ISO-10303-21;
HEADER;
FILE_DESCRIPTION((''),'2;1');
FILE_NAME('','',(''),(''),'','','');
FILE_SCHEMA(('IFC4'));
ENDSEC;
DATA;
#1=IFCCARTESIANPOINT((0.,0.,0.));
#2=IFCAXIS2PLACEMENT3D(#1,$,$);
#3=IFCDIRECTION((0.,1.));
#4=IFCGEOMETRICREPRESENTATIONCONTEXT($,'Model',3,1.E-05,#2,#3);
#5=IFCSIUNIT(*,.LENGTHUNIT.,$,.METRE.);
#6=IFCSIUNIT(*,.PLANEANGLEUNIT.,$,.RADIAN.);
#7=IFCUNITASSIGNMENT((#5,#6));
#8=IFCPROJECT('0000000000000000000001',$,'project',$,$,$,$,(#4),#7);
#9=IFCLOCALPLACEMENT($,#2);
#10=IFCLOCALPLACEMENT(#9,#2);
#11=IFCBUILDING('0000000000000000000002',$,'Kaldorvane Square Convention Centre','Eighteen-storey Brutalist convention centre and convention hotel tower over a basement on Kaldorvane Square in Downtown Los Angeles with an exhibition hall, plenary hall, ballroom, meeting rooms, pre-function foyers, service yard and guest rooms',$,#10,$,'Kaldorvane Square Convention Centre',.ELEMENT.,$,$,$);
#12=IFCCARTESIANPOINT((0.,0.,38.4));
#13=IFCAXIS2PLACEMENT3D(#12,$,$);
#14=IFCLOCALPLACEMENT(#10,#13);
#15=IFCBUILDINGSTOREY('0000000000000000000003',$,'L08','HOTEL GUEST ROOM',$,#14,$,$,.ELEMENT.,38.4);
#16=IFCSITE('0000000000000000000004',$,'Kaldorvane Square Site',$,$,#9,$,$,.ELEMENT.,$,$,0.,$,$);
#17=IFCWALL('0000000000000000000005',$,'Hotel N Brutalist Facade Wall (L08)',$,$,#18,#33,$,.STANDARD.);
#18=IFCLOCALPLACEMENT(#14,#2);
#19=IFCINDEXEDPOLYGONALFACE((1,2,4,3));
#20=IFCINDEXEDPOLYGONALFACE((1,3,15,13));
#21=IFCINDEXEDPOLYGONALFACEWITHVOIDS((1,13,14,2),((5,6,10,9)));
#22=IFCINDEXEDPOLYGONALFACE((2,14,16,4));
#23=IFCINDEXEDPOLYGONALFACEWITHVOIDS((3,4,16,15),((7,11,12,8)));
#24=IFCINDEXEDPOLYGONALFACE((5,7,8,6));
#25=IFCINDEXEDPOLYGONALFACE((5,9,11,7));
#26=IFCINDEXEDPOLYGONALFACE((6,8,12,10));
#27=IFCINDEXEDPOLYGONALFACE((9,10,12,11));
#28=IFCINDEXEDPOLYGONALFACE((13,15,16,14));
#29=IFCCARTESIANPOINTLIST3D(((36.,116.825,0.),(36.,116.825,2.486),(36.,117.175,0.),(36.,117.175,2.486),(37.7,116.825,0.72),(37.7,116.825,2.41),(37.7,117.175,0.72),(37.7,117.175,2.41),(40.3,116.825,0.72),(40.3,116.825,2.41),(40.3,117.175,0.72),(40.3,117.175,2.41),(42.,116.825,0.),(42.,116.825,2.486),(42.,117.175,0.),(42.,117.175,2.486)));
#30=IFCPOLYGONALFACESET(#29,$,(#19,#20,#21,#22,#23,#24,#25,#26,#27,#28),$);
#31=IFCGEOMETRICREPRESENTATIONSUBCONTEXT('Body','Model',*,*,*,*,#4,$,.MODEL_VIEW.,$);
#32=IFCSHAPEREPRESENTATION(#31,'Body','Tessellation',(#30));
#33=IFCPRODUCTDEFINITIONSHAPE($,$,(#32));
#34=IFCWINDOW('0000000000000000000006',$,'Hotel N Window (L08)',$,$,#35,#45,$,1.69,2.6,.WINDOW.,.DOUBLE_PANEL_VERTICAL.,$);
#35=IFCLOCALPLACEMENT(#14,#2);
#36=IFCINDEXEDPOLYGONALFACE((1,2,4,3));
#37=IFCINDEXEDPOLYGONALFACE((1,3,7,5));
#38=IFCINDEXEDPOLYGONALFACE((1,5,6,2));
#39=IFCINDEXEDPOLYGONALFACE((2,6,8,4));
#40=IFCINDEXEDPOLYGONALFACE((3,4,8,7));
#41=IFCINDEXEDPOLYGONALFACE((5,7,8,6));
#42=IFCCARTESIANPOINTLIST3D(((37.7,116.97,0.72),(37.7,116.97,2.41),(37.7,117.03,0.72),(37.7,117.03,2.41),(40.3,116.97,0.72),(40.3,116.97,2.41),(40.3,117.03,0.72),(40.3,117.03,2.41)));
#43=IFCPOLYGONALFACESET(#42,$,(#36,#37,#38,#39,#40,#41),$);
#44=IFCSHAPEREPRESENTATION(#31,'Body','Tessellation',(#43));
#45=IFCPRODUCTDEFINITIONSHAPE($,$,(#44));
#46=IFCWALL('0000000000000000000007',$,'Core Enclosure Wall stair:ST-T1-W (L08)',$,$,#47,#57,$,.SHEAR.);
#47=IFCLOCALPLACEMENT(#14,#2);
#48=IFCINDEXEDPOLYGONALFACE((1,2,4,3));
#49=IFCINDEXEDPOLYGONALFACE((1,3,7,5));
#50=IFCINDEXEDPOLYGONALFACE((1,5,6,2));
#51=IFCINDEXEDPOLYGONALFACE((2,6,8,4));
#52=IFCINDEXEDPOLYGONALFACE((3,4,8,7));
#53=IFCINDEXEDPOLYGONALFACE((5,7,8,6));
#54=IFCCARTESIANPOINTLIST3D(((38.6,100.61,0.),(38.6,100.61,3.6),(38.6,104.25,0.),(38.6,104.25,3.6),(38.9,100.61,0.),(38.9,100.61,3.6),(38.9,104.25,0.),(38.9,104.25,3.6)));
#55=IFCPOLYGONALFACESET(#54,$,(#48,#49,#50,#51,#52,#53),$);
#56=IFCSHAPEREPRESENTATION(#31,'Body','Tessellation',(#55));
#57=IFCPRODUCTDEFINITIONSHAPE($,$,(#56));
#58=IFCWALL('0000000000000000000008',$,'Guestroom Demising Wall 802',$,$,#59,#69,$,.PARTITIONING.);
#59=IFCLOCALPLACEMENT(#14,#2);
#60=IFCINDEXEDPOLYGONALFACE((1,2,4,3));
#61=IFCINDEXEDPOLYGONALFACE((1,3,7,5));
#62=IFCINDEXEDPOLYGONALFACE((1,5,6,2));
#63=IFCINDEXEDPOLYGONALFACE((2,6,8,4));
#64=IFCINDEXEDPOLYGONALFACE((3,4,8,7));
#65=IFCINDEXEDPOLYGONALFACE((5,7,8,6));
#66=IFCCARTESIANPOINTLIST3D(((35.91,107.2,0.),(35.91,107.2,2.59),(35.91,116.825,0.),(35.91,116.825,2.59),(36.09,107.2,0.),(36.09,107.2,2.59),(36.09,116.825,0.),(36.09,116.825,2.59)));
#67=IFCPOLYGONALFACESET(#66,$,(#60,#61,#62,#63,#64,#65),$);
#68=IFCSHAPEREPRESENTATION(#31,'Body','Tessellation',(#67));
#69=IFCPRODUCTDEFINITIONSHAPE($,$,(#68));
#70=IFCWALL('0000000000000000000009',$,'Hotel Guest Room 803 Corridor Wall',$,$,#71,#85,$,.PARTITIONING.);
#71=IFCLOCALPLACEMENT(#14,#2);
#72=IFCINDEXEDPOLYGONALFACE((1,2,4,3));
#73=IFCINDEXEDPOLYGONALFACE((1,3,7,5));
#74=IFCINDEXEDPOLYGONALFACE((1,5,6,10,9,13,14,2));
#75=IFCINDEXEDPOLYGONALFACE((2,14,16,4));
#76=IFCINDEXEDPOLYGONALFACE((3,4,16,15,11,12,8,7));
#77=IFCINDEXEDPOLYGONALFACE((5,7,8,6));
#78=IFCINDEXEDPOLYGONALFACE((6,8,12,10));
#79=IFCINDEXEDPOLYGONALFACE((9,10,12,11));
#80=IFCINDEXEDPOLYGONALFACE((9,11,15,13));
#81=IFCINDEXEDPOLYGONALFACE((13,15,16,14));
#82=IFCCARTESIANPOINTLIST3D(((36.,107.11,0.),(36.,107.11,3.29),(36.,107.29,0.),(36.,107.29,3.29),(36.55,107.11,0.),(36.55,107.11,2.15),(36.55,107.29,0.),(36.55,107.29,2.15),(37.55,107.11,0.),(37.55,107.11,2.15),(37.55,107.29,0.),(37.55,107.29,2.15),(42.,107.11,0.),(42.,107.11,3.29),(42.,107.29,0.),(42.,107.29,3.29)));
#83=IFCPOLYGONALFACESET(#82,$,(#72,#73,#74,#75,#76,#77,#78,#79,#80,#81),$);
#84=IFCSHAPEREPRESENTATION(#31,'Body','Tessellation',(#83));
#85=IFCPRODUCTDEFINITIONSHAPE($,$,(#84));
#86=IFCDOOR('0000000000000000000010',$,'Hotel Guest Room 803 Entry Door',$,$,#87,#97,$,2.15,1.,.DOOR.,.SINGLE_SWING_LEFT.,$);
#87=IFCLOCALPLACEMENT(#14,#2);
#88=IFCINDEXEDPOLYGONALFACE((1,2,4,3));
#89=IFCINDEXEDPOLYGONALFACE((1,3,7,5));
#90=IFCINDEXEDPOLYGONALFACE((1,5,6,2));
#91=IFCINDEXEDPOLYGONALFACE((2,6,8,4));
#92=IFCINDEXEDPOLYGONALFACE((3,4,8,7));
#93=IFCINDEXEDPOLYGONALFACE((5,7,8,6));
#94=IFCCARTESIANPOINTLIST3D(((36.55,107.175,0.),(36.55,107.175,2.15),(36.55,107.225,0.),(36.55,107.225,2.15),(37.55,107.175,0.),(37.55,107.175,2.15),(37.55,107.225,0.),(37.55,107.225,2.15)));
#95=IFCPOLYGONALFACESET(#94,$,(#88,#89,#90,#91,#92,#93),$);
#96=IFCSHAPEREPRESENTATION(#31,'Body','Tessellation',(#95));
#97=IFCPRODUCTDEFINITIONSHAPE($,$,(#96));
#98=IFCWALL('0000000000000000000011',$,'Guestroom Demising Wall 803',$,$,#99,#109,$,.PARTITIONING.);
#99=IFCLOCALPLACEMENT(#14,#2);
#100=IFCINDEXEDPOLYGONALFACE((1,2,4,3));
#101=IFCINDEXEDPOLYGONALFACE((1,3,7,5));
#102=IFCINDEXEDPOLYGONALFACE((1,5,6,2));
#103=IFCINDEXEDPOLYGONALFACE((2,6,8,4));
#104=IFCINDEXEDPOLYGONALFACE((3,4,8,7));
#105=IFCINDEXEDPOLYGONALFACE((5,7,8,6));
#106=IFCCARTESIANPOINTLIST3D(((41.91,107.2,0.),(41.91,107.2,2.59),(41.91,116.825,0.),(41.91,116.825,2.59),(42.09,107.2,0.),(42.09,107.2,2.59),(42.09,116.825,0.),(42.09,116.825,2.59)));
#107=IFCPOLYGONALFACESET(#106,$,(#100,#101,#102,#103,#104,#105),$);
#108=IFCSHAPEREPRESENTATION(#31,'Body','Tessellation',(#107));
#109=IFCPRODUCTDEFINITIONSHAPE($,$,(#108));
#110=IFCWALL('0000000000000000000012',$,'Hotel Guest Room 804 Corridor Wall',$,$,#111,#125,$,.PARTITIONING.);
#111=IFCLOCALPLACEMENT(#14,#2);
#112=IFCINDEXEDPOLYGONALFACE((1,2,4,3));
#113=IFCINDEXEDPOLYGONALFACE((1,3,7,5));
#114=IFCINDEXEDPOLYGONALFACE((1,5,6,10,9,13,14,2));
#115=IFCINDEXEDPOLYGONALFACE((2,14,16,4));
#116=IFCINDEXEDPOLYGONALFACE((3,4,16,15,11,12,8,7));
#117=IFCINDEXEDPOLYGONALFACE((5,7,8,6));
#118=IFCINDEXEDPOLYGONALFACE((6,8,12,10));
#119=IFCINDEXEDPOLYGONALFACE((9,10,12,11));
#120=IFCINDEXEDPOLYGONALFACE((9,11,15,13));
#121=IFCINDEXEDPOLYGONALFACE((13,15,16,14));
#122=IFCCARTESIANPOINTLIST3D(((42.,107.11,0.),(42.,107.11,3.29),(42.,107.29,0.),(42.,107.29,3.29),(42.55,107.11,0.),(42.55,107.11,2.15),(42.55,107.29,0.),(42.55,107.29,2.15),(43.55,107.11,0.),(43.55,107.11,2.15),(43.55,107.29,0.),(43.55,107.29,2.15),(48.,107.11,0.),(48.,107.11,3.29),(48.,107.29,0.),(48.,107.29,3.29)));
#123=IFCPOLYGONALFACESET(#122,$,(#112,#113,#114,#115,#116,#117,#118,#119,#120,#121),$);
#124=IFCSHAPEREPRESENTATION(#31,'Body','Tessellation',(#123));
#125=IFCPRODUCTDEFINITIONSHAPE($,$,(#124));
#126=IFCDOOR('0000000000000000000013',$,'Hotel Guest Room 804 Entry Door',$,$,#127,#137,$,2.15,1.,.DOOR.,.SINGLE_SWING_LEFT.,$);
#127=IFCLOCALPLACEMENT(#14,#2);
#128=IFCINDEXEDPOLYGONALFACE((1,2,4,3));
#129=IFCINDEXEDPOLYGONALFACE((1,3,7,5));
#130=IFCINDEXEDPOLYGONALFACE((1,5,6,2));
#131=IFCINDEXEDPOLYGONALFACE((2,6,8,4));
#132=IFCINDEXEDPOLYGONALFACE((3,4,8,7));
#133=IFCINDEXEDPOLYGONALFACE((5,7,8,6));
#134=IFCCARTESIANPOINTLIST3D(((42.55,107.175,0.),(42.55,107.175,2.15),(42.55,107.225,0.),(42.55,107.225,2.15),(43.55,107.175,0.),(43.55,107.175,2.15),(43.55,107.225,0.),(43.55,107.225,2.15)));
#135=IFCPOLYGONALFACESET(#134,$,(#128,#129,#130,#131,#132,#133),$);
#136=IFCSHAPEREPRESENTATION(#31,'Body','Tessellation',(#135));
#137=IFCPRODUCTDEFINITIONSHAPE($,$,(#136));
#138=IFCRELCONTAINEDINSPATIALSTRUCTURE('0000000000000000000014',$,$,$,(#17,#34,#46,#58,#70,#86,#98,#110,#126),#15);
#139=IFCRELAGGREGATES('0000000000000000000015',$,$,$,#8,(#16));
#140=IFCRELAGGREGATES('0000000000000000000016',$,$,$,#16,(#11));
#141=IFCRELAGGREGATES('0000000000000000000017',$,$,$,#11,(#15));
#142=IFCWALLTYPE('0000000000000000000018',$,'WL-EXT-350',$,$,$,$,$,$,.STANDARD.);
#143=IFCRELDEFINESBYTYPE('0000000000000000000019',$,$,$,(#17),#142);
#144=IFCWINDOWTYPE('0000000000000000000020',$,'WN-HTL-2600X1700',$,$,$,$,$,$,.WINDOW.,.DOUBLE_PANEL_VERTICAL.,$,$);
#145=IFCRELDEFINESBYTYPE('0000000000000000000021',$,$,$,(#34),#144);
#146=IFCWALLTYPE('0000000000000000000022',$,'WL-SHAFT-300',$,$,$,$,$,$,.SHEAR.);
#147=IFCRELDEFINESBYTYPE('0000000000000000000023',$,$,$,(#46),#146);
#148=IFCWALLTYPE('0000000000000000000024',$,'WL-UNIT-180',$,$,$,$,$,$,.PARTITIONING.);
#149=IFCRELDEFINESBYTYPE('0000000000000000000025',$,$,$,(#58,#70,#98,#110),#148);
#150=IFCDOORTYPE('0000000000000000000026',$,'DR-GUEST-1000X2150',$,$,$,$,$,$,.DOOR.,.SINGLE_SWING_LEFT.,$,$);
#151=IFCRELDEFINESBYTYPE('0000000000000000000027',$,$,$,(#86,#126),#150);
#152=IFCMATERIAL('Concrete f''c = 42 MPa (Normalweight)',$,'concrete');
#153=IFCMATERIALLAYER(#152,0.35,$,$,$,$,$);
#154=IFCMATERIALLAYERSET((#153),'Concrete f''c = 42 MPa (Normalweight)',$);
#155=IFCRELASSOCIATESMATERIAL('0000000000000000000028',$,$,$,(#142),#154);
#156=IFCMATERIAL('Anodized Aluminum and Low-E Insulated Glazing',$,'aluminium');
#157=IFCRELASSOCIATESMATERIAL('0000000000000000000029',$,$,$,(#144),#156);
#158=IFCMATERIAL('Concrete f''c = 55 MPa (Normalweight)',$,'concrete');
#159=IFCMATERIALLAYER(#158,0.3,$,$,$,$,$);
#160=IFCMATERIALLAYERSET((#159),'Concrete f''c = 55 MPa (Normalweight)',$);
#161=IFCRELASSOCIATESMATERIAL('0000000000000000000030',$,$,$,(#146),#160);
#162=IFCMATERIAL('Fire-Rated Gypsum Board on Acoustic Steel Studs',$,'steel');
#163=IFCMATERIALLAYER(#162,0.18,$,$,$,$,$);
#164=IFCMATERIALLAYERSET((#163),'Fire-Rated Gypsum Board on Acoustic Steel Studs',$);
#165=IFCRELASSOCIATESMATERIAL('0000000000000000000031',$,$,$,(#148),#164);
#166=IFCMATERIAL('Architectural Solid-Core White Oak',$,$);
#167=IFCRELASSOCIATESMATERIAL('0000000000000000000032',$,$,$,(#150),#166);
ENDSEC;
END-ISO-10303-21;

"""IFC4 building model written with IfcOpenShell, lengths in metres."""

from ifc_helpers import new_model, si_unit, direction, frame, frame_2d, origin, place, context, subcontext, project, spatial, rectangle, extrude, material, layer, layer_set, type_object, element, fill, save


model = new_model("IFC4")

# Units and contexts
model_context = context("Model", 3, precision=1e-05, world=origin(), true_north=direction((0.0, 1.0)))
body_context = subcontext(model_context, "Body", "Model", "MODEL_VIEW")
ifc_project = project(units=[si_unit("LENGTHUNIT", "METRE"), si_unit("PLANEANGLEUNIT", "RADIAN")], contexts=[model_context])

# Site, building, storey
site_placement = place(None, origin())
site = spatial("IfcSite", under=ifc_project, at=site_placement, Name="Kaldorvane Square Site", CompositionType="ELEMENT", RefElevation=0.0)
building_placement = place(site_placement, origin())
building = spatial("IfcBuilding", under=site, at=building_placement, Name="Kaldorvane Square Convention Centre", Description="Eighteen-storey Brutalist convention centre and convention hotel tower over a basement on Kaldorvane Square in Downtown Los Angeles with an exhibition hall, plenary hall, ballroom, meeting rooms, pre-function foyers, service yard and guest rooms", LongName="Kaldorvane Square Convention Centre", CompositionType="ELEMENT")
storey_placement = place(building_placement, frame((0.0, 0.0, 38.4)))
storey = spatial("IfcBuildingStorey", under=building, at=storey_placement, Name="L08", Description="HOTEL GUEST ROOM", CompositionType="ELEMENT", Elevation=38.4)

# Shared definitions
ifc_material_1 = material(Name="Concrete f'c = 42 MPa (Normalweight)", Category="concrete")

# Shared definitions
ifc_material_2 = material(Name="Fire-Rated Gypsum Board on Acoustic Steel Studs", Category="steel")
ifc_material_3 = material(Name="Architectural Solid-Core White Oak")

# Wall, opening, window
ifc_layer_1 = layer(ifc_material_1, 0.35)
ifc_layer_set_1 = layer_set([ifc_layer_1], Name="Concrete f'c = 42 MPa (Normalweight)")
wall_type_1 = type_object("IfcWallType", Name="WL-EXT-350", PredefinedType="STANDARD", material=ifc_layer_set_1)
ifc_material_4 = material(Name="Anodized Aluminum and Low-E Insulated Glazing", Category="aluminium")
window_type = type_object("IfcWindowType", Name="WN-HTL-2600X1700", PartitioningType="DOUBLE_PANEL_VERTICAL", PredefinedType="WINDOW", material=ifc_material_4)
wall_1_placement = place(storey_placement, frame((42.0, 117.0, 0.0), z_axis=(0.0, 0.0, 1.0), x_axis=(-1.0, 0.0, 0.0)))
wall_1 = element("IfcWall", 1, at=wall_1_placement, inside=storey, type_object=wall_type_1, Name="Hotel N Brutalist Facade Wall (L08)", PredefinedType="STANDARD", context=body_context, shape_type="SweptSolid", body=[
    extrude(rectangle(XDim=6.0, YDim=0.35, at=frame_2d((3.0, 0.0))), origin(), (0.0, 0.0, 1.0), 2.486),
])
opening_1_placement = place(wall_1_placement, frame((1.7, 0.0, 0.72)))
opening_1 = element("IfcOpeningElement", 2, at=opening_1_placement, cuts=wall_1, PredefinedType="OPENING", context=body_context, shape_type="SweptSolid", body=[
    extrude(rectangle(XDim=2.6, YDim=1.69, at=frame_2d((1.3, 0.845))), frame((0.0, 0.19, 0.0), z_axis=(0.0, -1.0, 0.0), x_axis=(1.0, 0.0, 0.0)), (0.0, 0.0, 1.0), 0.38),
])
window_1_placement = place(opening_1_placement, origin())
window_1 = element("IfcWindow", 3, at=window_1_placement, inside=storey, type_object=window_type, Name="Hotel N Window (L08)", OverallHeight=1.69, OverallWidth=2.6, PartitioningType="DOUBLE_PANEL_VERTICAL", PredefinedType="WINDOW", context=body_context, shape_type="SweptSolid", body=[
    extrude(rectangle(XDim=2.6, YDim=1.69, at=frame_2d((1.3, 0.845))), frame((0.0, 0.03, 0.0), z_axis=(0.0, -1.0, 0.0), x_axis=(1.0, 0.0, 0.0)), (0.0, 0.0, 1.0), 0.06),
])
fill(opening_1, window_1)

# Walls
ifc_material_5 = material(Name="Concrete f'c = 55 MPa (Normalweight)", Category="concrete")
ifc_layer_2 = layer(ifc_material_5, 0.3)
ifc_layer_set_2 = layer_set([ifc_layer_2], Name="Concrete f'c = 55 MPa (Normalweight)")
wall_type_2 = type_object("IfcWallType", Name="WL-SHAFT-300", PredefinedType="SHEAR", material=ifc_layer_set_2)
wall_2_placement = place(storey_placement, frame((38.75, 104.25, 0.0), z_axis=(0.0, 0.0, 1.0), x_axis=(0.0, -1.0, 0.0)))
element("IfcWall", 4, at=wall_2_placement, inside=storey, type_object=wall_type_2, Name="Core Enclosure Wall stair:ST-T1-W (L08)", PredefinedType="SHEAR", context=body_context, shape_type="SweptSolid", body=[
    extrude(rectangle(XDim=3.64, YDim=0.3, at=frame_2d((1.82, 0.0))), origin(), (0.0, 0.0, 1.0), 3.6),
])
ifc_layer_3 = layer(ifc_material_2, 0.18)
ifc_layer_set_3 = layer_set([ifc_layer_3], Name="Fire-Rated Gypsum Board on Acoustic Steel Studs")
wall_type_3 = type_object("IfcWallType", Name="WL-UNIT-180", PredefinedType="PARTITIONING", material=ifc_layer_set_3)
wall_3_placement = place(storey_placement, frame((36.0, 107.2, 0.0), z_axis=(0.0, 0.0, 1.0), x_axis=(0.0, 1.0, 0.0)))
element("IfcWall", 5, at=wall_3_placement, inside=storey, type_object=wall_type_3, Name="Guestroom Demising Wall 802", PredefinedType="PARTITIONING", context=body_context, shape_type="SweptSolid", body=[
    extrude(rectangle(XDim=9.625, YDim=0.18, at=frame_2d((4.8125, 0.0))), origin(), (0.0, 0.0, 1.0), 2.59),
])

# Wall, opening, door
wall_4_placement = place(storey_placement, frame((36.0, 107.2, 0.0), z_axis=(0.0, 0.0, 1.0), x_axis=(1.0, 0.0, 0.0)))
wall_4 = element("IfcWall", 6, at=wall_4_placement, inside=storey, type_object=wall_type_3, Name="Hotel Guest Room 803 Corridor Wall", PredefinedType="PARTITIONING", context=body_context, shape_type="SweptSolid", body=[
    extrude(rectangle(XDim=6.0, YDim=0.18, at=frame_2d((3.0, 0.0))), origin(), (0.0, 0.0, 1.0), 3.29),
])
opening_2_placement = place(wall_4_placement, frame((0.55, 0.0, 0.0)))
opening_2 = element("IfcOpeningElement", 7, at=opening_2_placement, cuts=wall_4, PredefinedType="OPENING", context=body_context, shape_type="SweptSolid", body=[
    extrude(rectangle(XDim=1.0, YDim=2.15, at=frame_2d((0.5, 1.075))), frame((0.0, 0.105, 0.0), z_axis=(0.0, -1.0, 0.0), x_axis=(1.0, 0.0, 0.0)), (0.0, 0.0, 1.0), 0.21),
])
door_type_1 = type_object("IfcDoorType", Name="DR-GUEST-1000X2150", OperationType="SINGLE_SWING_LEFT", PredefinedType="DOOR", material=ifc_material_3)
door_1_placement = place(opening_2_placement, origin())
door_1 = element("IfcDoor", 8, at=door_1_placement, inside=storey, type_object=door_type_1, Name="Hotel Guest Room 803 Entry Door", OperationType="SINGLE_SWING_LEFT", OverallHeight=2.15, OverallWidth=1.0, PredefinedType="DOOR", context=body_context, shape_type="SweptSolid", body=[
    extrude(rectangle(XDim=1.0, YDim=2.15, at=frame_2d((0.5, 1.075))), frame((0.0, 0.025, 0.0), z_axis=(0.0, -1.0, 0.0), x_axis=(1.0, 0.0, 0.0)), (0.0, 0.0, 1.0), 0.05),
])
fill(opening_2, door_1)

# Wall
wall_5_placement = place(storey_placement, frame((42.0, 107.2, 0.0), z_axis=(0.0, 0.0, 1.0), x_axis=(0.0, 1.0, 0.0)))
element("IfcWall", 9, at=wall_5_placement, inside=storey, type_object=wall_type_3, Name="Guestroom Demising Wall 803", PredefinedType="PARTITIONING", context=body_context, shape_type="SweptSolid", body=[
    extrude(rectangle(XDim=9.625, YDim=0.18, at=frame_2d((4.8125, 0.0))), origin(), (0.0, 0.0, 1.0), 2.59),
])

# Wall, opening, door
wall_6_placement = place(storey_placement, frame((42.0, 107.2, 0.0), z_axis=(0.0, 0.0, 1.0), x_axis=(1.0, 0.0, 0.0)))
wall_6 = element("IfcWall", 10, at=wall_6_placement, inside=storey, type_object=wall_type_3, Name="Hotel Guest Room 804 Corridor Wall", PredefinedType="PARTITIONING", context=body_context, shape_type="SweptSolid", body=[
    extrude(rectangle(XDim=6.0, YDim=0.18, at=frame_2d((3.0, 0.0))), origin(), (0.0, 0.0, 1.0), 3.29),
])
opening_3_placement = place(wall_6_placement, frame((0.55, 0.0, 0.0)))
opening_3 = element("IfcOpeningElement", 11, at=opening_3_placement, cuts=wall_6, PredefinedType="OPENING", context=body_context, shape_type="SweptSolid", body=[
    extrude(rectangle(XDim=1.0, YDim=2.15, at=frame_2d((0.5, 1.075))), frame((0.0, 0.105, 0.0), z_axis=(0.0, -1.0, 0.0), x_axis=(1.0, 0.0, 0.0)), (0.0, 0.0, 1.0), 0.21),
])
door_2_placement = place(opening_3_placement, origin())
door_2 = element("IfcDoor", 12, at=door_2_placement, inside=storey, type_object=door_type_1, Name="Hotel Guest Room 804 Entry Door", OperationType="SINGLE_SWING_LEFT", OverallHeight=2.15, OverallWidth=1.0, PredefinedType="DOOR", context=body_context, shape_type="SweptSolid", body=[
    extrude(rectangle(XDim=1.0, YDim=2.15, at=frame_2d((0.5, 1.075))), frame((0.0, 0.025, 0.0), z_axis=(0.0, -1.0, 0.0), x_axis=(1.0, 0.0, 0.0)), (0.0, 0.0, 1.0), 0.05),
])
fill(opening_3, door_2)

save(model, "model.ifc")
